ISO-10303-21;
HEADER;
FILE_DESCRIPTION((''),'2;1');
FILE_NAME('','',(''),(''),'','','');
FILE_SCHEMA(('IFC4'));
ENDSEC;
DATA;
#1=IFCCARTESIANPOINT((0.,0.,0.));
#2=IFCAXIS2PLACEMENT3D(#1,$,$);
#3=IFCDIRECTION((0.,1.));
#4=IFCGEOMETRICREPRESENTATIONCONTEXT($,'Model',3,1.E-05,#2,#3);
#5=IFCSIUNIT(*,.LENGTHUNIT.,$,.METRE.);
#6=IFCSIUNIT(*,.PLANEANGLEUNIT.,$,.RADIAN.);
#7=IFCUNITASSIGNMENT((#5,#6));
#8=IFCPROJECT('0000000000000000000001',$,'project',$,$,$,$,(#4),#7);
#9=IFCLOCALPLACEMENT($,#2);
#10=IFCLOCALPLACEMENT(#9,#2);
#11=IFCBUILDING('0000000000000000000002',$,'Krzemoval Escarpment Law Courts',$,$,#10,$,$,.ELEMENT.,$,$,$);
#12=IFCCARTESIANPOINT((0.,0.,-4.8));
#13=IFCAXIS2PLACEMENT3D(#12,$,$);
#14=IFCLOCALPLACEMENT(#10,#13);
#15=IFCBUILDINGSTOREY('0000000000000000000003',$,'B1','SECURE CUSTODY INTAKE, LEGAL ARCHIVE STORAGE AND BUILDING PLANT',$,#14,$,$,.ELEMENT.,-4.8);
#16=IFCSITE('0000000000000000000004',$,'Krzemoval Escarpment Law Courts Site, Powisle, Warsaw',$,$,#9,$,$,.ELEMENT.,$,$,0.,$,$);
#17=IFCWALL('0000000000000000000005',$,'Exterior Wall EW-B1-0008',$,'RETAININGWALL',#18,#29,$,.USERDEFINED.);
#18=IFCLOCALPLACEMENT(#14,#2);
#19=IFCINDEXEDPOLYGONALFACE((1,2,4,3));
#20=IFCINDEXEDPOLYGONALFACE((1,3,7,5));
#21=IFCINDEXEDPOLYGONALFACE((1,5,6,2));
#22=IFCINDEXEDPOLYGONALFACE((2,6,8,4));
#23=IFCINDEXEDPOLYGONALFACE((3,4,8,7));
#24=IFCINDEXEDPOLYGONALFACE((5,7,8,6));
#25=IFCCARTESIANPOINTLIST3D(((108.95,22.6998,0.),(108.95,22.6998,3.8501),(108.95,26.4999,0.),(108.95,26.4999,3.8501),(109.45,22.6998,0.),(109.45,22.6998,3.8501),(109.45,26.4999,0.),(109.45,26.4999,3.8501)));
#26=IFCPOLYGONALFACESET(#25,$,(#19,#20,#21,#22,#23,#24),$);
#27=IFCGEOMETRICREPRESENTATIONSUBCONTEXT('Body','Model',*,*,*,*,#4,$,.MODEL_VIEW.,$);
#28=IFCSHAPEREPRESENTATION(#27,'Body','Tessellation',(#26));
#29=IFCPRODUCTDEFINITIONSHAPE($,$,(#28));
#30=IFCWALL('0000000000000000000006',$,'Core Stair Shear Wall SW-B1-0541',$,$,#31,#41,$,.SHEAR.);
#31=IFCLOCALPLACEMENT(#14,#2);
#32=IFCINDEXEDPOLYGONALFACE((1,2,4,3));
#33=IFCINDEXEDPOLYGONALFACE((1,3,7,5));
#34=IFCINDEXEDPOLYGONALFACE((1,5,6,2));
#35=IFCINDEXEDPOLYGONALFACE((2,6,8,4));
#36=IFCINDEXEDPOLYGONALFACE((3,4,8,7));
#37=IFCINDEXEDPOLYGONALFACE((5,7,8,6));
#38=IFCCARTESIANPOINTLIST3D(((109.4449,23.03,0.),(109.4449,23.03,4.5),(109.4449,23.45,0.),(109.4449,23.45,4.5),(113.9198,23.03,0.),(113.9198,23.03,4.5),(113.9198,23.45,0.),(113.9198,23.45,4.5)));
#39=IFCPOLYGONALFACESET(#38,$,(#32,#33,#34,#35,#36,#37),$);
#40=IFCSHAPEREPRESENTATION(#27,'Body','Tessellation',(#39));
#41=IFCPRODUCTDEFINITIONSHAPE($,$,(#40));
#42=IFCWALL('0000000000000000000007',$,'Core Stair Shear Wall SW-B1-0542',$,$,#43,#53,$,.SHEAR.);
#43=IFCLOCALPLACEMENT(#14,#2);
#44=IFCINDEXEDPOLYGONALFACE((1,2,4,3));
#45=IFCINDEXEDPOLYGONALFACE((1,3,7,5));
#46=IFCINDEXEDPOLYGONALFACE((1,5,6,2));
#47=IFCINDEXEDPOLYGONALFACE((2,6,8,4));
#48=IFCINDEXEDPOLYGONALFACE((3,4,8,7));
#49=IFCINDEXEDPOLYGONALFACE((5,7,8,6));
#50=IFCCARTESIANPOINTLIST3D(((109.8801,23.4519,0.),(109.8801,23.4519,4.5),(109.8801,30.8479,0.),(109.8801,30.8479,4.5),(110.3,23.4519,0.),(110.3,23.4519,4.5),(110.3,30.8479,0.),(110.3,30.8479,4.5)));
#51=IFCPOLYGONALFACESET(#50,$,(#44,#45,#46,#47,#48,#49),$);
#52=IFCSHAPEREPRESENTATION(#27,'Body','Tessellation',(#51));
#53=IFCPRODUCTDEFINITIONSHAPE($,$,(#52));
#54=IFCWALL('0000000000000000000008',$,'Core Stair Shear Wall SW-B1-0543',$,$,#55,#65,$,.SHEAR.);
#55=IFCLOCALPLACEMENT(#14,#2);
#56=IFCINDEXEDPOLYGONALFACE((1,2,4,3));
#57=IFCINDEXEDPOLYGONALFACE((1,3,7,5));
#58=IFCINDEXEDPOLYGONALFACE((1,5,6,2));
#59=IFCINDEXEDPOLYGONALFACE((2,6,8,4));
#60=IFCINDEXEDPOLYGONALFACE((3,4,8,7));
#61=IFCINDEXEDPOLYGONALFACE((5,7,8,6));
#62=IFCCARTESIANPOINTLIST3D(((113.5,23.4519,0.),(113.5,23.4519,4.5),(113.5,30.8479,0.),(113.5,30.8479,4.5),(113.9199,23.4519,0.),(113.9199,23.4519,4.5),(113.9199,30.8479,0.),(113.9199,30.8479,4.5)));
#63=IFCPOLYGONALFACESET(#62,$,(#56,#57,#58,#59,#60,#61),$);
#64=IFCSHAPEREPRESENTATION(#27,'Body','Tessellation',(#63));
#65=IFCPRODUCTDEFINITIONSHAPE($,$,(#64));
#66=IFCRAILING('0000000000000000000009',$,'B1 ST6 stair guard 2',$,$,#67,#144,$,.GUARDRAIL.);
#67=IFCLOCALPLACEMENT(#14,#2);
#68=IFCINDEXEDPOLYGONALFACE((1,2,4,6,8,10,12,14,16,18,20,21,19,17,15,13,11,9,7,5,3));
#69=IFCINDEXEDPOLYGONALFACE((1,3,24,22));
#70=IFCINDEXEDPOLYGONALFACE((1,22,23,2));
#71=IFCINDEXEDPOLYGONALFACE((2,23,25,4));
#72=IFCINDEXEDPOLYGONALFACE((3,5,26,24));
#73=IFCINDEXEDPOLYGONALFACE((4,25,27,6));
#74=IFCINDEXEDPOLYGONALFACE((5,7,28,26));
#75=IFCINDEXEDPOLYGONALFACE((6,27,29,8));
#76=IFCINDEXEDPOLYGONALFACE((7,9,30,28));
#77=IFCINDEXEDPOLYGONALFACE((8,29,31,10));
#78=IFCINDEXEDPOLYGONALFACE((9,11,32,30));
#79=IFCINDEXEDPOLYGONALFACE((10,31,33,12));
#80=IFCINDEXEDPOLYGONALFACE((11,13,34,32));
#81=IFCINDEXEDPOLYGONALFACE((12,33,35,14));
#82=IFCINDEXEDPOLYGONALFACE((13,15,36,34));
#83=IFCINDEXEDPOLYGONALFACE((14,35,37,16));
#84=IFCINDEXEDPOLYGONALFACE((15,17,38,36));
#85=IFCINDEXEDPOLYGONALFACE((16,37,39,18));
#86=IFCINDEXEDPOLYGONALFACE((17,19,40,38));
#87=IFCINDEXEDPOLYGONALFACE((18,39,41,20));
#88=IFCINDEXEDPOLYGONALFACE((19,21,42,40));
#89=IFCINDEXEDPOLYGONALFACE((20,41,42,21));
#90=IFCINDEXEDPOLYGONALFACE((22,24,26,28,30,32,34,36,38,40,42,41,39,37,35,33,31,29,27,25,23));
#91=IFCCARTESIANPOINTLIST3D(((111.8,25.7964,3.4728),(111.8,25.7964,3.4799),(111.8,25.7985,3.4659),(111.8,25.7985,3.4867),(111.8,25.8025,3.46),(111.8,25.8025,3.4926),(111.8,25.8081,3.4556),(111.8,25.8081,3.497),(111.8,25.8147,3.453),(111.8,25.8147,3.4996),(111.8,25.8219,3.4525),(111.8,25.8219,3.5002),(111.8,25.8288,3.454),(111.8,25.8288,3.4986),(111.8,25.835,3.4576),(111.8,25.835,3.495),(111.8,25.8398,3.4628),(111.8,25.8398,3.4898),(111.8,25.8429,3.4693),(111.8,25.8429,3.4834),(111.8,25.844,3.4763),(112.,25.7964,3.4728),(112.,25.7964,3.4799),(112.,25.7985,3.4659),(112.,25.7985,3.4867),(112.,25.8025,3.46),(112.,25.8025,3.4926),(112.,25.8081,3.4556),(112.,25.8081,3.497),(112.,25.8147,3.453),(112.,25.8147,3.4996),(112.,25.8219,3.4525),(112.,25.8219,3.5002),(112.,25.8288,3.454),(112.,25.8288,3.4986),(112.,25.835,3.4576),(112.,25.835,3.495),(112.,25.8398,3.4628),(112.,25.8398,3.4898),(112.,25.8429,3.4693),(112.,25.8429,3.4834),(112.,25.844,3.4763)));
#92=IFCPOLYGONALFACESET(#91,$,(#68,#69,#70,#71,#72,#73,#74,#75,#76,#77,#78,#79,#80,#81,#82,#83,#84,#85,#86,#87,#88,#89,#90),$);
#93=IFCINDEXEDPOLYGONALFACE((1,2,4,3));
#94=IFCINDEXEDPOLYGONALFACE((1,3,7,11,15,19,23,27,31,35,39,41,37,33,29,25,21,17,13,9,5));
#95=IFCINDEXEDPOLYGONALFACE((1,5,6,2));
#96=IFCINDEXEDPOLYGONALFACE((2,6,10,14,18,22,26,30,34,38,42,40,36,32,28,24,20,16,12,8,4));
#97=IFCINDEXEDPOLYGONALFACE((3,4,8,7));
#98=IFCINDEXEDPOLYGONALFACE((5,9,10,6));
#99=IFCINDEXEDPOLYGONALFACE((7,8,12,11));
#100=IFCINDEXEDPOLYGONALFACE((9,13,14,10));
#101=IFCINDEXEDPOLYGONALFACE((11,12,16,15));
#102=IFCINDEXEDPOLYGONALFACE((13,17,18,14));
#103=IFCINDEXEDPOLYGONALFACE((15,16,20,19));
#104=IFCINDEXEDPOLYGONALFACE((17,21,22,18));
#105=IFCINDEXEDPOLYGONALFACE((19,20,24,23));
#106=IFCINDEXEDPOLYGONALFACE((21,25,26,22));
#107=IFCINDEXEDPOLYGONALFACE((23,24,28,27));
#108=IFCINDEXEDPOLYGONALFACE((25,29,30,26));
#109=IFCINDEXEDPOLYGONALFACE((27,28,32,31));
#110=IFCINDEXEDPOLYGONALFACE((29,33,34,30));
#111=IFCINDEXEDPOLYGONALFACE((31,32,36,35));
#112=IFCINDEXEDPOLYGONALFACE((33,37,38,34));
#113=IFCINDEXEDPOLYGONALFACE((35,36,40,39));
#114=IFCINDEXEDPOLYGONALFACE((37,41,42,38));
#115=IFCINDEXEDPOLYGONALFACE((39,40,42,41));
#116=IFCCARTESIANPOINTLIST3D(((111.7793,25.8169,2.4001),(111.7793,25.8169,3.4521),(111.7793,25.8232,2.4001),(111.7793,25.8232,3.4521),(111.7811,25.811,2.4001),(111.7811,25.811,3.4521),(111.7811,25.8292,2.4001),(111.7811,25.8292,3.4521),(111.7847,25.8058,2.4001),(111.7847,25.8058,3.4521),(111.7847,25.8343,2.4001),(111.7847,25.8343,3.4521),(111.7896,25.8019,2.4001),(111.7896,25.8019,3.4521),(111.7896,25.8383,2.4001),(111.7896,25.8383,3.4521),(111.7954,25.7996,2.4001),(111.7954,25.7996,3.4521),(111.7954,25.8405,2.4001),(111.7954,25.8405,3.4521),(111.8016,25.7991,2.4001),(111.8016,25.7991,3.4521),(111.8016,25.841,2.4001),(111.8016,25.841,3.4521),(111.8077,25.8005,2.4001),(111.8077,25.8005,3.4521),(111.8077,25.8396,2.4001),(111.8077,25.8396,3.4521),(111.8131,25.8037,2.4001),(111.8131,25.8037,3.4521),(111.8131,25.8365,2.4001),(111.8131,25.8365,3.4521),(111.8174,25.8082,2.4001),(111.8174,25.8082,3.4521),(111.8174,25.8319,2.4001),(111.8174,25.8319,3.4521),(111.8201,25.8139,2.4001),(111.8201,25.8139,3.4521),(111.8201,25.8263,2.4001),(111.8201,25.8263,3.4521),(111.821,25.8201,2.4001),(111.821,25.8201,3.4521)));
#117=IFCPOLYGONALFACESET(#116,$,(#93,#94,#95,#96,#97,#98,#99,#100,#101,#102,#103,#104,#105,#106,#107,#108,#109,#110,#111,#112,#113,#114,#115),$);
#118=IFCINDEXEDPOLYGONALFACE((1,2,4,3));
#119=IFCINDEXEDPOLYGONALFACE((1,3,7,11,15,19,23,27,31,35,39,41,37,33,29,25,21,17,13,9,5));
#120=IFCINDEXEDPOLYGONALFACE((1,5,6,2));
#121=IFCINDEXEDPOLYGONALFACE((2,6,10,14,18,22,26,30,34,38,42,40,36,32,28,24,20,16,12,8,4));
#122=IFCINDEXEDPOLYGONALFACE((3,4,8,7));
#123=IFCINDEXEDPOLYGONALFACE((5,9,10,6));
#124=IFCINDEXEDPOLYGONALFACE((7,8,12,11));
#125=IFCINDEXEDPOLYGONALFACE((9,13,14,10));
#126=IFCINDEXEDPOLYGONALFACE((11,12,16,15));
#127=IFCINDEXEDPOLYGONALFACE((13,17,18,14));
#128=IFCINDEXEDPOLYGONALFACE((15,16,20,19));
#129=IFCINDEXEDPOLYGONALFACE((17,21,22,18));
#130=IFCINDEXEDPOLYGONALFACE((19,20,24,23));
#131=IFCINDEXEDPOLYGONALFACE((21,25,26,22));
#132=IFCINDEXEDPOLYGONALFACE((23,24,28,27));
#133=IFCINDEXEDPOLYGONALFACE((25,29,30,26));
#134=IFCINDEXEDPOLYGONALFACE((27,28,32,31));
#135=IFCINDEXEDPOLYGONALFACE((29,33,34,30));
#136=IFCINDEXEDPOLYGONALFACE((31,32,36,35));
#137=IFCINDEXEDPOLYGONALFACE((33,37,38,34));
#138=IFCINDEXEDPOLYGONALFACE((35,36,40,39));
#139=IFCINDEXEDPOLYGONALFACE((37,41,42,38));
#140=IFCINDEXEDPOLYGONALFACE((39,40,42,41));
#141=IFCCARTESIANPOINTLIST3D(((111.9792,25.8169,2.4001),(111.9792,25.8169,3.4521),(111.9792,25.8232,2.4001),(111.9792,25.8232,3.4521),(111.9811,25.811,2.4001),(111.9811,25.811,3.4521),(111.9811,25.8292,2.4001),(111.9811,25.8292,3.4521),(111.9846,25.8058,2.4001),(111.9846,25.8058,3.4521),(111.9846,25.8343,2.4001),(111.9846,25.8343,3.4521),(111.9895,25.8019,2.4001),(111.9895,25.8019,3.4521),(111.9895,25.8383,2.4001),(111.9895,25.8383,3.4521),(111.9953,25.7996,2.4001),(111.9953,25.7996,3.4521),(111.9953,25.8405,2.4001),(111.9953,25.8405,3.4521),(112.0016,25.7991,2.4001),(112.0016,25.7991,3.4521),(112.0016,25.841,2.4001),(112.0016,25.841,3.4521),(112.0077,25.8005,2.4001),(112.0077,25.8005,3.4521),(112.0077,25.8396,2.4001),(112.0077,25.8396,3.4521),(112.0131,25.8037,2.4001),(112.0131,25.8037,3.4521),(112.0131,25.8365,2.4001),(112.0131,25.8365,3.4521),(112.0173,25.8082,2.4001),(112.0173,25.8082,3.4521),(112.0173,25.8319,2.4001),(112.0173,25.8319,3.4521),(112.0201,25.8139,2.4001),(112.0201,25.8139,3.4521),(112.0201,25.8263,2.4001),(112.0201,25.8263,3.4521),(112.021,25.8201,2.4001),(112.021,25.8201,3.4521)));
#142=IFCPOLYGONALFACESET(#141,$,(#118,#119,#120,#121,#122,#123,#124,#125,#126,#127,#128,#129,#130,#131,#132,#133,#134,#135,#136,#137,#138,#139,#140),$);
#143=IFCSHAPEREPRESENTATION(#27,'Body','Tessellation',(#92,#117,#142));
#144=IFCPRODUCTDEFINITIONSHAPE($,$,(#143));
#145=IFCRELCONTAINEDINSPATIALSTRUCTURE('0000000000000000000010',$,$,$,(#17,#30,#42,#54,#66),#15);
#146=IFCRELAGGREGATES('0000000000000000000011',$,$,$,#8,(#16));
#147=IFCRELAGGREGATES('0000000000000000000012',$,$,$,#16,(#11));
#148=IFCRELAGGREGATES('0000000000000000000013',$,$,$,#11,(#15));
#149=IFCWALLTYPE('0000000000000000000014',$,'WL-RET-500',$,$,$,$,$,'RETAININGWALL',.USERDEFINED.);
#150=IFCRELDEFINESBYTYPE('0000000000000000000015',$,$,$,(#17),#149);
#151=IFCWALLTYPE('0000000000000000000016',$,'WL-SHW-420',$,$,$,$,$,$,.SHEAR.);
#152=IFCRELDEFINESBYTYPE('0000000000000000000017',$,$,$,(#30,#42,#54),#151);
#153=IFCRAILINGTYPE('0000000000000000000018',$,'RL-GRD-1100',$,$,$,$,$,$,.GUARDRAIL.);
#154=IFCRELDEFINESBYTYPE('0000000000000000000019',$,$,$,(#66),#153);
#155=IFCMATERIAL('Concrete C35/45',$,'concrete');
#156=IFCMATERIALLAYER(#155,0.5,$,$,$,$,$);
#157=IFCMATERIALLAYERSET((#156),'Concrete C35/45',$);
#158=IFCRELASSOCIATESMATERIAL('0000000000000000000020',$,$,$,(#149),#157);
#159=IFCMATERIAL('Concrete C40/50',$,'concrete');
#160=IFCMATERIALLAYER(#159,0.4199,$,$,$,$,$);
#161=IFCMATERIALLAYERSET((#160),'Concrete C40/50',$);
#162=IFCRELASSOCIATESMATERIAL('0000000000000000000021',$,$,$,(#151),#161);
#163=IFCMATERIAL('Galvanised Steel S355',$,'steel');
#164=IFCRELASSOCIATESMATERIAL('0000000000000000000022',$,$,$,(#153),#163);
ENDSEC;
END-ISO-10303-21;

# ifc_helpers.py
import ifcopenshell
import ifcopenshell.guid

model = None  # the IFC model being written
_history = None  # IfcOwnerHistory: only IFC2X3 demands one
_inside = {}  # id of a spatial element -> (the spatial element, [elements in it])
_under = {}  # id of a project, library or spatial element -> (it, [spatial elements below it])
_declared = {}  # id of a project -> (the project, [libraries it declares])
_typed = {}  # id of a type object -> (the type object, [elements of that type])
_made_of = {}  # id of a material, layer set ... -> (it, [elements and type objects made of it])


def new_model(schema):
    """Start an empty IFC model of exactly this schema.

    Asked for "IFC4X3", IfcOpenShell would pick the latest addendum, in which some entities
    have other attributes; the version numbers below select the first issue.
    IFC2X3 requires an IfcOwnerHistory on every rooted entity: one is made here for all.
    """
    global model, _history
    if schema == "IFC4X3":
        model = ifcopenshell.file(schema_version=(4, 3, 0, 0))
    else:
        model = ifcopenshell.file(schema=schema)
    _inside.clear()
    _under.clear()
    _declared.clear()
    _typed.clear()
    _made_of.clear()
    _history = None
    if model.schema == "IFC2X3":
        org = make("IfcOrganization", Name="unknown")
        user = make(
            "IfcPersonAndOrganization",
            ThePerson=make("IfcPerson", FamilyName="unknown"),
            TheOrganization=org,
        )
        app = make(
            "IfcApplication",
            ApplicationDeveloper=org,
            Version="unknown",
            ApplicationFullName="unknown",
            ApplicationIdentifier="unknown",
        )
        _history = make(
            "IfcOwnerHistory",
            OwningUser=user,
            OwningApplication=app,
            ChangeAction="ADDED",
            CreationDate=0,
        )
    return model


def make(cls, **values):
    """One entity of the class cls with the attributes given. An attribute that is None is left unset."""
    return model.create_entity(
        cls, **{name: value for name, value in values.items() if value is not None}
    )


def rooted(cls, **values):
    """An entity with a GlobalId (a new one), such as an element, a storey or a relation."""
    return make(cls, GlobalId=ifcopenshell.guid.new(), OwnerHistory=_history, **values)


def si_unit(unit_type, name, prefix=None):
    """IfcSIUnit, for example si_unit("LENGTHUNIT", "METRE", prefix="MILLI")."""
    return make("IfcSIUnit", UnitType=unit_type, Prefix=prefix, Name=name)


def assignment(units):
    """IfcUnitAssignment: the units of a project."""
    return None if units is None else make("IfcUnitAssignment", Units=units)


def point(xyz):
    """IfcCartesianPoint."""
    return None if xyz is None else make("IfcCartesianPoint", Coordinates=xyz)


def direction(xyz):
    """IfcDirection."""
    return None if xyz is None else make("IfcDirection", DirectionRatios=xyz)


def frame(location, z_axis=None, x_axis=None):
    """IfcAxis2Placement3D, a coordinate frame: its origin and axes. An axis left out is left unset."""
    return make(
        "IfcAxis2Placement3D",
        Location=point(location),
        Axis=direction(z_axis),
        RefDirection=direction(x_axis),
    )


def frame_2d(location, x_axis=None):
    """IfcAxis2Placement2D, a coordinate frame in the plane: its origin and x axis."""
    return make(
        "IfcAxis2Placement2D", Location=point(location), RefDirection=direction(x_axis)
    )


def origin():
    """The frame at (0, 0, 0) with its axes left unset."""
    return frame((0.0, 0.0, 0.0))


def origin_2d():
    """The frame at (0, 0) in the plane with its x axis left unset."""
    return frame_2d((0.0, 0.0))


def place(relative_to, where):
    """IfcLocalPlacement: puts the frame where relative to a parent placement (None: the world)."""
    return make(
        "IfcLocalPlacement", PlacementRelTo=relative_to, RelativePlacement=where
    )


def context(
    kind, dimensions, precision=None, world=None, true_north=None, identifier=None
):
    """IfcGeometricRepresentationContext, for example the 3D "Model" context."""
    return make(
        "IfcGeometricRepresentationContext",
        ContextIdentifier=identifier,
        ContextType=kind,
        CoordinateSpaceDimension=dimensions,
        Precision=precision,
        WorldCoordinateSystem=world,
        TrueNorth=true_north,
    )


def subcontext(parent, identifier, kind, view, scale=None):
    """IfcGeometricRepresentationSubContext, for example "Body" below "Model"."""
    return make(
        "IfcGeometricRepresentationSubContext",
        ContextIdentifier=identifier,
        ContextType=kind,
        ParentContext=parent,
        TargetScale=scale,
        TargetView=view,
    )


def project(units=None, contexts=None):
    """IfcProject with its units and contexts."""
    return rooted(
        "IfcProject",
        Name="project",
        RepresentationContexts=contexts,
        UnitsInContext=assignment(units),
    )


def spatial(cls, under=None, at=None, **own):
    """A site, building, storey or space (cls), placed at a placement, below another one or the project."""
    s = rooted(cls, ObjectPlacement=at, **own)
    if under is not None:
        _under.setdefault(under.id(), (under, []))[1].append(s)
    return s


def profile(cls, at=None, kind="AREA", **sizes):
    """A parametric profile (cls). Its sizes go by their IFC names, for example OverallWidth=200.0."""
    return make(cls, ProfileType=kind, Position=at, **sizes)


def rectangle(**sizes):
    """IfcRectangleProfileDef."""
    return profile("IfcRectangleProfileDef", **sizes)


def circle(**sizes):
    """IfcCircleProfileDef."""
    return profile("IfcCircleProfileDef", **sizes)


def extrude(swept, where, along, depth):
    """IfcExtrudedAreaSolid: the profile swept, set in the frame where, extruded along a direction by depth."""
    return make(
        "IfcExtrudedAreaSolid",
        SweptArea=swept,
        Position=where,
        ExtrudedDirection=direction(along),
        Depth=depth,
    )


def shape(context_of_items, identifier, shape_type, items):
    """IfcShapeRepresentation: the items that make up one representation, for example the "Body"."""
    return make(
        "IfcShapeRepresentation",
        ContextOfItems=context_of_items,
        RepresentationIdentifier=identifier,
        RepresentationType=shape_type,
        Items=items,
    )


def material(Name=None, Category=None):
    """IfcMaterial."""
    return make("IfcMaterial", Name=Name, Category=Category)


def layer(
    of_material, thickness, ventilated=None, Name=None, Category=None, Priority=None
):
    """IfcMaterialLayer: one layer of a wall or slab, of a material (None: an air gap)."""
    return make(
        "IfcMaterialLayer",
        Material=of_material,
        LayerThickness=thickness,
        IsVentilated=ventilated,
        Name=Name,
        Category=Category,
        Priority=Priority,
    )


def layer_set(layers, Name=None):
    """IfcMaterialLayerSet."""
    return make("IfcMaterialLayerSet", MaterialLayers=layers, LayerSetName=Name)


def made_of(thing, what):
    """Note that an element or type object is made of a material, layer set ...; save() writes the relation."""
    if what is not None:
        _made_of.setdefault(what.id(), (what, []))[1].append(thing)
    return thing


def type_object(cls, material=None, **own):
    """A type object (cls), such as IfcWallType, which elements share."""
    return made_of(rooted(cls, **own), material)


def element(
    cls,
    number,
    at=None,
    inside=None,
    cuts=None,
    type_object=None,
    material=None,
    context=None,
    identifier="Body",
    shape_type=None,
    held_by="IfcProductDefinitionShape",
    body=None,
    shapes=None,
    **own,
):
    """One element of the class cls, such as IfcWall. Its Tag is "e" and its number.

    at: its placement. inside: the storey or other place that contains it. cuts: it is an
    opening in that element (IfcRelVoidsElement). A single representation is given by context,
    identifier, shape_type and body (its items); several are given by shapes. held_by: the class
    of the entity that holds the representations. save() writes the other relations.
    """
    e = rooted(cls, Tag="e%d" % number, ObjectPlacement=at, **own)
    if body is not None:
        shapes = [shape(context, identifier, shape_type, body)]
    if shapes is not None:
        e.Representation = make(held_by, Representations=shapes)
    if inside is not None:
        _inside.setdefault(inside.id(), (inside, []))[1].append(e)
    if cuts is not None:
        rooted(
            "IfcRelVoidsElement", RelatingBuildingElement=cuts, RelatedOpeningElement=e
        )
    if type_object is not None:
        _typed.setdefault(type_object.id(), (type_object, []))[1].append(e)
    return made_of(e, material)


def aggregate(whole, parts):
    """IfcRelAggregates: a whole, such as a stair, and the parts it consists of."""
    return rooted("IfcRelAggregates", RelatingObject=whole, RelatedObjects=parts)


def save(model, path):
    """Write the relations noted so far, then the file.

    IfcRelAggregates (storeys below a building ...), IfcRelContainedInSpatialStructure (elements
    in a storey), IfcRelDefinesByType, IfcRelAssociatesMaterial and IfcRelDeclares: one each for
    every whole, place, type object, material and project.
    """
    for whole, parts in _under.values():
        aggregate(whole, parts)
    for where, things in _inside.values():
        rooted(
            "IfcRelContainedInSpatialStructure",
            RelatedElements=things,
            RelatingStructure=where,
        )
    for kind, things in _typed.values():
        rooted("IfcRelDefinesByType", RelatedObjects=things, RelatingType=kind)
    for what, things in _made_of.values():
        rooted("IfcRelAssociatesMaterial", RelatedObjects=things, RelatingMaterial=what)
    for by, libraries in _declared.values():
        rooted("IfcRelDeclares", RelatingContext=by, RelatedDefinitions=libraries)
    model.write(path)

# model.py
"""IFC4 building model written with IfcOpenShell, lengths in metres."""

from ifc_helpers import new_model, si_unit, direction, frame, frame_2d, origin, origin_2d, place, context, subcontext, project, spatial, rectangle, circle, extrude, material, layer, layer_set, type_object, element, save


model = new_model("IFC4")

# Units and contexts
model_context = context("Model", 3, precision=1e-05, world=origin(), true_north=direction((0.0, 1.0)))
body_context = subcontext(model_context, "Body", "Model", "MODEL_VIEW")
ifc_project = project(units=[si_unit("LENGTHUNIT", "METRE"), si_unit("PLANEANGLEUNIT", "RADIAN")], contexts=[model_context])

# Site, building, storey
site_placement = place(None, origin())
site = spatial("IfcSite", under=ifc_project, at=site_placement, Name="Krzemoval Escarpment Law Courts Site, Powisle, Warsaw", CompositionType="ELEMENT", RefElevation=0.0)
building_placement = place(site_placement, origin())
building = spatial("IfcBuilding", under=site, at=building_placement, Name="Krzemoval Escarpment Law Courts", CompositionType="ELEMENT")
storey_placement = place(building_placement, frame((0.0, 0.0, -4.8)))
storey = spatial("IfcBuildingStorey", under=building, at=storey_placement, Name="B1", Description="SECURE CUSTODY INTAKE, LEGAL ARCHIVE STORAGE AND BUILDING PLANT", CompositionType="ELEMENT", Elevation=-4.8)

# Walls
ifc_material_1 = material(Name="Concrete C35/45", Category="concrete")
ifc_layer_1 = layer(ifc_material_1, 0.5)
ifc_layer_set_1 = layer_set([ifc_layer_1], Name="Concrete C35/45")
wall_type_1 = type_object("IfcWallType", Name="WL-RET-500", ElementType="RETAININGWALL", PredefinedType="USERDEFINED", material=ifc_layer_set_1)
wall_1_placement = place(storey_placement, frame((109.2, 22.7, 0.0), z_axis=(0.0, 0.0, 1.0), x_axis=(0.0, 1.0, 0.0)))
element("IfcWall", 1, at=wall_1_placement, inside=storey, type_object=wall_type_1, Name="Exterior Wall EW-B1-0008", ObjectType="RETAININGWALL", PredefinedType="USERDEFINED", context=body_context, shape_type="SweptSolid", body=[
    extrude(rectangle(XDim=3.8, YDim=0.5, at=frame_2d((1.8999, 0.0))), origin(), (0.0, 0.0, 1.0), 3.8501),
])
ifc_material_2 = material(Name="Concrete C40/50", Category="concrete")
ifc_layer_2 = layer(ifc_material_2, 0.4199)
ifc_layer_set_2 = layer_set([ifc_layer_2], Name="Concrete C40/50")
wall_type_2 = type_object("IfcWallType", Name="WL-SHW-420", PredefinedType="SHEAR", material=ifc_layer_set_2)
wall_2_placement = place(storey_placement, frame((109.4451, 23.24, 0.0), z_axis=(0.0, 0.0, 1.0), x_axis=(1.0, 0.0, 0.0)))
element("IfcWall", 2, at=wall_2_placement, inside=storey, type_object=wall_type_2, Name="Core Stair Shear Wall SW-B1-0541", PredefinedType="SHEAR", context=body_context, shape_type="SweptSolid", body=[
    extrude(rectangle(XDim=4.4749, YDim=0.4199, at=frame_2d((2.2373, 0.0))), origin(), (0.0, 0.0, 1.0), 4.5),
])
for number, where, z_axis, x_axis, name in (
    (3, (110.0901, 23.4519, 0.0), (0.0, 0.0, 1.0), (0.0, 1.0, 0.0), "Core Stair Shear Wall SW-B1-0542"),
    (4, (113.71, 23.4519, 0.0), (0.0, 0.0, 1.0), (0.0, 1.0, 0.0), "Core Stair Shear Wall SW-B1-0543"),
):
    element("IfcWall", number, at=place(storey_placement, frame(where, z_axis=z_axis, x_axis=x_axis)), inside=storey, type_object=wall_type_2, Name=name, PredefinedType="SHEAR", context=body_context, shape_type="SweptSolid", body=[
        extrude(rectangle(XDim=7.396, YDim=0.4199, at=frame_2d((3.698, 0.0))), origin(), (0.0, 0.0, 1.0), 4.5),
    ])

# Railing
ifc_material_3 = material(Name="Galvanised Steel S355", Category="steel")
railing_type = type_object("IfcRailingType", Name="RL-GRD-1100", PredefinedType="GUARDRAIL", material=ifc_material_3)
railing_1_placement = place(storey_placement, frame((111.8, 25.8201, 2.4001)))
element("IfcRailing", 5, at=railing_1_placement, inside=storey, type_object=railing_type, Name="B1 ST6 stair guard 2", PredefinedType="GUARDRAIL", context=body_context, shape_type="SweptSolid", body=[
    extrude(circle(Radius=0.0239, at=origin_2d()), frame((0.0, 0.0, 1.0762), z_axis=(1.0, 0.0, 0.0), x_axis=(0.0, 1.0, 0.0)), (0.0, 0.0, 1.0), 0.2),
    extrude(circle(Radius=0.021, at=origin_2d()), origin(), (0.0, 0.0, 1.0), 1.052),
    extrude(circle(Radius=0.021, at=origin_2d()), frame((0.2, 0.0, 0.0)), (0.0, 0.0, 1.0), 1.052),
])

save(model, "model.ifc")
